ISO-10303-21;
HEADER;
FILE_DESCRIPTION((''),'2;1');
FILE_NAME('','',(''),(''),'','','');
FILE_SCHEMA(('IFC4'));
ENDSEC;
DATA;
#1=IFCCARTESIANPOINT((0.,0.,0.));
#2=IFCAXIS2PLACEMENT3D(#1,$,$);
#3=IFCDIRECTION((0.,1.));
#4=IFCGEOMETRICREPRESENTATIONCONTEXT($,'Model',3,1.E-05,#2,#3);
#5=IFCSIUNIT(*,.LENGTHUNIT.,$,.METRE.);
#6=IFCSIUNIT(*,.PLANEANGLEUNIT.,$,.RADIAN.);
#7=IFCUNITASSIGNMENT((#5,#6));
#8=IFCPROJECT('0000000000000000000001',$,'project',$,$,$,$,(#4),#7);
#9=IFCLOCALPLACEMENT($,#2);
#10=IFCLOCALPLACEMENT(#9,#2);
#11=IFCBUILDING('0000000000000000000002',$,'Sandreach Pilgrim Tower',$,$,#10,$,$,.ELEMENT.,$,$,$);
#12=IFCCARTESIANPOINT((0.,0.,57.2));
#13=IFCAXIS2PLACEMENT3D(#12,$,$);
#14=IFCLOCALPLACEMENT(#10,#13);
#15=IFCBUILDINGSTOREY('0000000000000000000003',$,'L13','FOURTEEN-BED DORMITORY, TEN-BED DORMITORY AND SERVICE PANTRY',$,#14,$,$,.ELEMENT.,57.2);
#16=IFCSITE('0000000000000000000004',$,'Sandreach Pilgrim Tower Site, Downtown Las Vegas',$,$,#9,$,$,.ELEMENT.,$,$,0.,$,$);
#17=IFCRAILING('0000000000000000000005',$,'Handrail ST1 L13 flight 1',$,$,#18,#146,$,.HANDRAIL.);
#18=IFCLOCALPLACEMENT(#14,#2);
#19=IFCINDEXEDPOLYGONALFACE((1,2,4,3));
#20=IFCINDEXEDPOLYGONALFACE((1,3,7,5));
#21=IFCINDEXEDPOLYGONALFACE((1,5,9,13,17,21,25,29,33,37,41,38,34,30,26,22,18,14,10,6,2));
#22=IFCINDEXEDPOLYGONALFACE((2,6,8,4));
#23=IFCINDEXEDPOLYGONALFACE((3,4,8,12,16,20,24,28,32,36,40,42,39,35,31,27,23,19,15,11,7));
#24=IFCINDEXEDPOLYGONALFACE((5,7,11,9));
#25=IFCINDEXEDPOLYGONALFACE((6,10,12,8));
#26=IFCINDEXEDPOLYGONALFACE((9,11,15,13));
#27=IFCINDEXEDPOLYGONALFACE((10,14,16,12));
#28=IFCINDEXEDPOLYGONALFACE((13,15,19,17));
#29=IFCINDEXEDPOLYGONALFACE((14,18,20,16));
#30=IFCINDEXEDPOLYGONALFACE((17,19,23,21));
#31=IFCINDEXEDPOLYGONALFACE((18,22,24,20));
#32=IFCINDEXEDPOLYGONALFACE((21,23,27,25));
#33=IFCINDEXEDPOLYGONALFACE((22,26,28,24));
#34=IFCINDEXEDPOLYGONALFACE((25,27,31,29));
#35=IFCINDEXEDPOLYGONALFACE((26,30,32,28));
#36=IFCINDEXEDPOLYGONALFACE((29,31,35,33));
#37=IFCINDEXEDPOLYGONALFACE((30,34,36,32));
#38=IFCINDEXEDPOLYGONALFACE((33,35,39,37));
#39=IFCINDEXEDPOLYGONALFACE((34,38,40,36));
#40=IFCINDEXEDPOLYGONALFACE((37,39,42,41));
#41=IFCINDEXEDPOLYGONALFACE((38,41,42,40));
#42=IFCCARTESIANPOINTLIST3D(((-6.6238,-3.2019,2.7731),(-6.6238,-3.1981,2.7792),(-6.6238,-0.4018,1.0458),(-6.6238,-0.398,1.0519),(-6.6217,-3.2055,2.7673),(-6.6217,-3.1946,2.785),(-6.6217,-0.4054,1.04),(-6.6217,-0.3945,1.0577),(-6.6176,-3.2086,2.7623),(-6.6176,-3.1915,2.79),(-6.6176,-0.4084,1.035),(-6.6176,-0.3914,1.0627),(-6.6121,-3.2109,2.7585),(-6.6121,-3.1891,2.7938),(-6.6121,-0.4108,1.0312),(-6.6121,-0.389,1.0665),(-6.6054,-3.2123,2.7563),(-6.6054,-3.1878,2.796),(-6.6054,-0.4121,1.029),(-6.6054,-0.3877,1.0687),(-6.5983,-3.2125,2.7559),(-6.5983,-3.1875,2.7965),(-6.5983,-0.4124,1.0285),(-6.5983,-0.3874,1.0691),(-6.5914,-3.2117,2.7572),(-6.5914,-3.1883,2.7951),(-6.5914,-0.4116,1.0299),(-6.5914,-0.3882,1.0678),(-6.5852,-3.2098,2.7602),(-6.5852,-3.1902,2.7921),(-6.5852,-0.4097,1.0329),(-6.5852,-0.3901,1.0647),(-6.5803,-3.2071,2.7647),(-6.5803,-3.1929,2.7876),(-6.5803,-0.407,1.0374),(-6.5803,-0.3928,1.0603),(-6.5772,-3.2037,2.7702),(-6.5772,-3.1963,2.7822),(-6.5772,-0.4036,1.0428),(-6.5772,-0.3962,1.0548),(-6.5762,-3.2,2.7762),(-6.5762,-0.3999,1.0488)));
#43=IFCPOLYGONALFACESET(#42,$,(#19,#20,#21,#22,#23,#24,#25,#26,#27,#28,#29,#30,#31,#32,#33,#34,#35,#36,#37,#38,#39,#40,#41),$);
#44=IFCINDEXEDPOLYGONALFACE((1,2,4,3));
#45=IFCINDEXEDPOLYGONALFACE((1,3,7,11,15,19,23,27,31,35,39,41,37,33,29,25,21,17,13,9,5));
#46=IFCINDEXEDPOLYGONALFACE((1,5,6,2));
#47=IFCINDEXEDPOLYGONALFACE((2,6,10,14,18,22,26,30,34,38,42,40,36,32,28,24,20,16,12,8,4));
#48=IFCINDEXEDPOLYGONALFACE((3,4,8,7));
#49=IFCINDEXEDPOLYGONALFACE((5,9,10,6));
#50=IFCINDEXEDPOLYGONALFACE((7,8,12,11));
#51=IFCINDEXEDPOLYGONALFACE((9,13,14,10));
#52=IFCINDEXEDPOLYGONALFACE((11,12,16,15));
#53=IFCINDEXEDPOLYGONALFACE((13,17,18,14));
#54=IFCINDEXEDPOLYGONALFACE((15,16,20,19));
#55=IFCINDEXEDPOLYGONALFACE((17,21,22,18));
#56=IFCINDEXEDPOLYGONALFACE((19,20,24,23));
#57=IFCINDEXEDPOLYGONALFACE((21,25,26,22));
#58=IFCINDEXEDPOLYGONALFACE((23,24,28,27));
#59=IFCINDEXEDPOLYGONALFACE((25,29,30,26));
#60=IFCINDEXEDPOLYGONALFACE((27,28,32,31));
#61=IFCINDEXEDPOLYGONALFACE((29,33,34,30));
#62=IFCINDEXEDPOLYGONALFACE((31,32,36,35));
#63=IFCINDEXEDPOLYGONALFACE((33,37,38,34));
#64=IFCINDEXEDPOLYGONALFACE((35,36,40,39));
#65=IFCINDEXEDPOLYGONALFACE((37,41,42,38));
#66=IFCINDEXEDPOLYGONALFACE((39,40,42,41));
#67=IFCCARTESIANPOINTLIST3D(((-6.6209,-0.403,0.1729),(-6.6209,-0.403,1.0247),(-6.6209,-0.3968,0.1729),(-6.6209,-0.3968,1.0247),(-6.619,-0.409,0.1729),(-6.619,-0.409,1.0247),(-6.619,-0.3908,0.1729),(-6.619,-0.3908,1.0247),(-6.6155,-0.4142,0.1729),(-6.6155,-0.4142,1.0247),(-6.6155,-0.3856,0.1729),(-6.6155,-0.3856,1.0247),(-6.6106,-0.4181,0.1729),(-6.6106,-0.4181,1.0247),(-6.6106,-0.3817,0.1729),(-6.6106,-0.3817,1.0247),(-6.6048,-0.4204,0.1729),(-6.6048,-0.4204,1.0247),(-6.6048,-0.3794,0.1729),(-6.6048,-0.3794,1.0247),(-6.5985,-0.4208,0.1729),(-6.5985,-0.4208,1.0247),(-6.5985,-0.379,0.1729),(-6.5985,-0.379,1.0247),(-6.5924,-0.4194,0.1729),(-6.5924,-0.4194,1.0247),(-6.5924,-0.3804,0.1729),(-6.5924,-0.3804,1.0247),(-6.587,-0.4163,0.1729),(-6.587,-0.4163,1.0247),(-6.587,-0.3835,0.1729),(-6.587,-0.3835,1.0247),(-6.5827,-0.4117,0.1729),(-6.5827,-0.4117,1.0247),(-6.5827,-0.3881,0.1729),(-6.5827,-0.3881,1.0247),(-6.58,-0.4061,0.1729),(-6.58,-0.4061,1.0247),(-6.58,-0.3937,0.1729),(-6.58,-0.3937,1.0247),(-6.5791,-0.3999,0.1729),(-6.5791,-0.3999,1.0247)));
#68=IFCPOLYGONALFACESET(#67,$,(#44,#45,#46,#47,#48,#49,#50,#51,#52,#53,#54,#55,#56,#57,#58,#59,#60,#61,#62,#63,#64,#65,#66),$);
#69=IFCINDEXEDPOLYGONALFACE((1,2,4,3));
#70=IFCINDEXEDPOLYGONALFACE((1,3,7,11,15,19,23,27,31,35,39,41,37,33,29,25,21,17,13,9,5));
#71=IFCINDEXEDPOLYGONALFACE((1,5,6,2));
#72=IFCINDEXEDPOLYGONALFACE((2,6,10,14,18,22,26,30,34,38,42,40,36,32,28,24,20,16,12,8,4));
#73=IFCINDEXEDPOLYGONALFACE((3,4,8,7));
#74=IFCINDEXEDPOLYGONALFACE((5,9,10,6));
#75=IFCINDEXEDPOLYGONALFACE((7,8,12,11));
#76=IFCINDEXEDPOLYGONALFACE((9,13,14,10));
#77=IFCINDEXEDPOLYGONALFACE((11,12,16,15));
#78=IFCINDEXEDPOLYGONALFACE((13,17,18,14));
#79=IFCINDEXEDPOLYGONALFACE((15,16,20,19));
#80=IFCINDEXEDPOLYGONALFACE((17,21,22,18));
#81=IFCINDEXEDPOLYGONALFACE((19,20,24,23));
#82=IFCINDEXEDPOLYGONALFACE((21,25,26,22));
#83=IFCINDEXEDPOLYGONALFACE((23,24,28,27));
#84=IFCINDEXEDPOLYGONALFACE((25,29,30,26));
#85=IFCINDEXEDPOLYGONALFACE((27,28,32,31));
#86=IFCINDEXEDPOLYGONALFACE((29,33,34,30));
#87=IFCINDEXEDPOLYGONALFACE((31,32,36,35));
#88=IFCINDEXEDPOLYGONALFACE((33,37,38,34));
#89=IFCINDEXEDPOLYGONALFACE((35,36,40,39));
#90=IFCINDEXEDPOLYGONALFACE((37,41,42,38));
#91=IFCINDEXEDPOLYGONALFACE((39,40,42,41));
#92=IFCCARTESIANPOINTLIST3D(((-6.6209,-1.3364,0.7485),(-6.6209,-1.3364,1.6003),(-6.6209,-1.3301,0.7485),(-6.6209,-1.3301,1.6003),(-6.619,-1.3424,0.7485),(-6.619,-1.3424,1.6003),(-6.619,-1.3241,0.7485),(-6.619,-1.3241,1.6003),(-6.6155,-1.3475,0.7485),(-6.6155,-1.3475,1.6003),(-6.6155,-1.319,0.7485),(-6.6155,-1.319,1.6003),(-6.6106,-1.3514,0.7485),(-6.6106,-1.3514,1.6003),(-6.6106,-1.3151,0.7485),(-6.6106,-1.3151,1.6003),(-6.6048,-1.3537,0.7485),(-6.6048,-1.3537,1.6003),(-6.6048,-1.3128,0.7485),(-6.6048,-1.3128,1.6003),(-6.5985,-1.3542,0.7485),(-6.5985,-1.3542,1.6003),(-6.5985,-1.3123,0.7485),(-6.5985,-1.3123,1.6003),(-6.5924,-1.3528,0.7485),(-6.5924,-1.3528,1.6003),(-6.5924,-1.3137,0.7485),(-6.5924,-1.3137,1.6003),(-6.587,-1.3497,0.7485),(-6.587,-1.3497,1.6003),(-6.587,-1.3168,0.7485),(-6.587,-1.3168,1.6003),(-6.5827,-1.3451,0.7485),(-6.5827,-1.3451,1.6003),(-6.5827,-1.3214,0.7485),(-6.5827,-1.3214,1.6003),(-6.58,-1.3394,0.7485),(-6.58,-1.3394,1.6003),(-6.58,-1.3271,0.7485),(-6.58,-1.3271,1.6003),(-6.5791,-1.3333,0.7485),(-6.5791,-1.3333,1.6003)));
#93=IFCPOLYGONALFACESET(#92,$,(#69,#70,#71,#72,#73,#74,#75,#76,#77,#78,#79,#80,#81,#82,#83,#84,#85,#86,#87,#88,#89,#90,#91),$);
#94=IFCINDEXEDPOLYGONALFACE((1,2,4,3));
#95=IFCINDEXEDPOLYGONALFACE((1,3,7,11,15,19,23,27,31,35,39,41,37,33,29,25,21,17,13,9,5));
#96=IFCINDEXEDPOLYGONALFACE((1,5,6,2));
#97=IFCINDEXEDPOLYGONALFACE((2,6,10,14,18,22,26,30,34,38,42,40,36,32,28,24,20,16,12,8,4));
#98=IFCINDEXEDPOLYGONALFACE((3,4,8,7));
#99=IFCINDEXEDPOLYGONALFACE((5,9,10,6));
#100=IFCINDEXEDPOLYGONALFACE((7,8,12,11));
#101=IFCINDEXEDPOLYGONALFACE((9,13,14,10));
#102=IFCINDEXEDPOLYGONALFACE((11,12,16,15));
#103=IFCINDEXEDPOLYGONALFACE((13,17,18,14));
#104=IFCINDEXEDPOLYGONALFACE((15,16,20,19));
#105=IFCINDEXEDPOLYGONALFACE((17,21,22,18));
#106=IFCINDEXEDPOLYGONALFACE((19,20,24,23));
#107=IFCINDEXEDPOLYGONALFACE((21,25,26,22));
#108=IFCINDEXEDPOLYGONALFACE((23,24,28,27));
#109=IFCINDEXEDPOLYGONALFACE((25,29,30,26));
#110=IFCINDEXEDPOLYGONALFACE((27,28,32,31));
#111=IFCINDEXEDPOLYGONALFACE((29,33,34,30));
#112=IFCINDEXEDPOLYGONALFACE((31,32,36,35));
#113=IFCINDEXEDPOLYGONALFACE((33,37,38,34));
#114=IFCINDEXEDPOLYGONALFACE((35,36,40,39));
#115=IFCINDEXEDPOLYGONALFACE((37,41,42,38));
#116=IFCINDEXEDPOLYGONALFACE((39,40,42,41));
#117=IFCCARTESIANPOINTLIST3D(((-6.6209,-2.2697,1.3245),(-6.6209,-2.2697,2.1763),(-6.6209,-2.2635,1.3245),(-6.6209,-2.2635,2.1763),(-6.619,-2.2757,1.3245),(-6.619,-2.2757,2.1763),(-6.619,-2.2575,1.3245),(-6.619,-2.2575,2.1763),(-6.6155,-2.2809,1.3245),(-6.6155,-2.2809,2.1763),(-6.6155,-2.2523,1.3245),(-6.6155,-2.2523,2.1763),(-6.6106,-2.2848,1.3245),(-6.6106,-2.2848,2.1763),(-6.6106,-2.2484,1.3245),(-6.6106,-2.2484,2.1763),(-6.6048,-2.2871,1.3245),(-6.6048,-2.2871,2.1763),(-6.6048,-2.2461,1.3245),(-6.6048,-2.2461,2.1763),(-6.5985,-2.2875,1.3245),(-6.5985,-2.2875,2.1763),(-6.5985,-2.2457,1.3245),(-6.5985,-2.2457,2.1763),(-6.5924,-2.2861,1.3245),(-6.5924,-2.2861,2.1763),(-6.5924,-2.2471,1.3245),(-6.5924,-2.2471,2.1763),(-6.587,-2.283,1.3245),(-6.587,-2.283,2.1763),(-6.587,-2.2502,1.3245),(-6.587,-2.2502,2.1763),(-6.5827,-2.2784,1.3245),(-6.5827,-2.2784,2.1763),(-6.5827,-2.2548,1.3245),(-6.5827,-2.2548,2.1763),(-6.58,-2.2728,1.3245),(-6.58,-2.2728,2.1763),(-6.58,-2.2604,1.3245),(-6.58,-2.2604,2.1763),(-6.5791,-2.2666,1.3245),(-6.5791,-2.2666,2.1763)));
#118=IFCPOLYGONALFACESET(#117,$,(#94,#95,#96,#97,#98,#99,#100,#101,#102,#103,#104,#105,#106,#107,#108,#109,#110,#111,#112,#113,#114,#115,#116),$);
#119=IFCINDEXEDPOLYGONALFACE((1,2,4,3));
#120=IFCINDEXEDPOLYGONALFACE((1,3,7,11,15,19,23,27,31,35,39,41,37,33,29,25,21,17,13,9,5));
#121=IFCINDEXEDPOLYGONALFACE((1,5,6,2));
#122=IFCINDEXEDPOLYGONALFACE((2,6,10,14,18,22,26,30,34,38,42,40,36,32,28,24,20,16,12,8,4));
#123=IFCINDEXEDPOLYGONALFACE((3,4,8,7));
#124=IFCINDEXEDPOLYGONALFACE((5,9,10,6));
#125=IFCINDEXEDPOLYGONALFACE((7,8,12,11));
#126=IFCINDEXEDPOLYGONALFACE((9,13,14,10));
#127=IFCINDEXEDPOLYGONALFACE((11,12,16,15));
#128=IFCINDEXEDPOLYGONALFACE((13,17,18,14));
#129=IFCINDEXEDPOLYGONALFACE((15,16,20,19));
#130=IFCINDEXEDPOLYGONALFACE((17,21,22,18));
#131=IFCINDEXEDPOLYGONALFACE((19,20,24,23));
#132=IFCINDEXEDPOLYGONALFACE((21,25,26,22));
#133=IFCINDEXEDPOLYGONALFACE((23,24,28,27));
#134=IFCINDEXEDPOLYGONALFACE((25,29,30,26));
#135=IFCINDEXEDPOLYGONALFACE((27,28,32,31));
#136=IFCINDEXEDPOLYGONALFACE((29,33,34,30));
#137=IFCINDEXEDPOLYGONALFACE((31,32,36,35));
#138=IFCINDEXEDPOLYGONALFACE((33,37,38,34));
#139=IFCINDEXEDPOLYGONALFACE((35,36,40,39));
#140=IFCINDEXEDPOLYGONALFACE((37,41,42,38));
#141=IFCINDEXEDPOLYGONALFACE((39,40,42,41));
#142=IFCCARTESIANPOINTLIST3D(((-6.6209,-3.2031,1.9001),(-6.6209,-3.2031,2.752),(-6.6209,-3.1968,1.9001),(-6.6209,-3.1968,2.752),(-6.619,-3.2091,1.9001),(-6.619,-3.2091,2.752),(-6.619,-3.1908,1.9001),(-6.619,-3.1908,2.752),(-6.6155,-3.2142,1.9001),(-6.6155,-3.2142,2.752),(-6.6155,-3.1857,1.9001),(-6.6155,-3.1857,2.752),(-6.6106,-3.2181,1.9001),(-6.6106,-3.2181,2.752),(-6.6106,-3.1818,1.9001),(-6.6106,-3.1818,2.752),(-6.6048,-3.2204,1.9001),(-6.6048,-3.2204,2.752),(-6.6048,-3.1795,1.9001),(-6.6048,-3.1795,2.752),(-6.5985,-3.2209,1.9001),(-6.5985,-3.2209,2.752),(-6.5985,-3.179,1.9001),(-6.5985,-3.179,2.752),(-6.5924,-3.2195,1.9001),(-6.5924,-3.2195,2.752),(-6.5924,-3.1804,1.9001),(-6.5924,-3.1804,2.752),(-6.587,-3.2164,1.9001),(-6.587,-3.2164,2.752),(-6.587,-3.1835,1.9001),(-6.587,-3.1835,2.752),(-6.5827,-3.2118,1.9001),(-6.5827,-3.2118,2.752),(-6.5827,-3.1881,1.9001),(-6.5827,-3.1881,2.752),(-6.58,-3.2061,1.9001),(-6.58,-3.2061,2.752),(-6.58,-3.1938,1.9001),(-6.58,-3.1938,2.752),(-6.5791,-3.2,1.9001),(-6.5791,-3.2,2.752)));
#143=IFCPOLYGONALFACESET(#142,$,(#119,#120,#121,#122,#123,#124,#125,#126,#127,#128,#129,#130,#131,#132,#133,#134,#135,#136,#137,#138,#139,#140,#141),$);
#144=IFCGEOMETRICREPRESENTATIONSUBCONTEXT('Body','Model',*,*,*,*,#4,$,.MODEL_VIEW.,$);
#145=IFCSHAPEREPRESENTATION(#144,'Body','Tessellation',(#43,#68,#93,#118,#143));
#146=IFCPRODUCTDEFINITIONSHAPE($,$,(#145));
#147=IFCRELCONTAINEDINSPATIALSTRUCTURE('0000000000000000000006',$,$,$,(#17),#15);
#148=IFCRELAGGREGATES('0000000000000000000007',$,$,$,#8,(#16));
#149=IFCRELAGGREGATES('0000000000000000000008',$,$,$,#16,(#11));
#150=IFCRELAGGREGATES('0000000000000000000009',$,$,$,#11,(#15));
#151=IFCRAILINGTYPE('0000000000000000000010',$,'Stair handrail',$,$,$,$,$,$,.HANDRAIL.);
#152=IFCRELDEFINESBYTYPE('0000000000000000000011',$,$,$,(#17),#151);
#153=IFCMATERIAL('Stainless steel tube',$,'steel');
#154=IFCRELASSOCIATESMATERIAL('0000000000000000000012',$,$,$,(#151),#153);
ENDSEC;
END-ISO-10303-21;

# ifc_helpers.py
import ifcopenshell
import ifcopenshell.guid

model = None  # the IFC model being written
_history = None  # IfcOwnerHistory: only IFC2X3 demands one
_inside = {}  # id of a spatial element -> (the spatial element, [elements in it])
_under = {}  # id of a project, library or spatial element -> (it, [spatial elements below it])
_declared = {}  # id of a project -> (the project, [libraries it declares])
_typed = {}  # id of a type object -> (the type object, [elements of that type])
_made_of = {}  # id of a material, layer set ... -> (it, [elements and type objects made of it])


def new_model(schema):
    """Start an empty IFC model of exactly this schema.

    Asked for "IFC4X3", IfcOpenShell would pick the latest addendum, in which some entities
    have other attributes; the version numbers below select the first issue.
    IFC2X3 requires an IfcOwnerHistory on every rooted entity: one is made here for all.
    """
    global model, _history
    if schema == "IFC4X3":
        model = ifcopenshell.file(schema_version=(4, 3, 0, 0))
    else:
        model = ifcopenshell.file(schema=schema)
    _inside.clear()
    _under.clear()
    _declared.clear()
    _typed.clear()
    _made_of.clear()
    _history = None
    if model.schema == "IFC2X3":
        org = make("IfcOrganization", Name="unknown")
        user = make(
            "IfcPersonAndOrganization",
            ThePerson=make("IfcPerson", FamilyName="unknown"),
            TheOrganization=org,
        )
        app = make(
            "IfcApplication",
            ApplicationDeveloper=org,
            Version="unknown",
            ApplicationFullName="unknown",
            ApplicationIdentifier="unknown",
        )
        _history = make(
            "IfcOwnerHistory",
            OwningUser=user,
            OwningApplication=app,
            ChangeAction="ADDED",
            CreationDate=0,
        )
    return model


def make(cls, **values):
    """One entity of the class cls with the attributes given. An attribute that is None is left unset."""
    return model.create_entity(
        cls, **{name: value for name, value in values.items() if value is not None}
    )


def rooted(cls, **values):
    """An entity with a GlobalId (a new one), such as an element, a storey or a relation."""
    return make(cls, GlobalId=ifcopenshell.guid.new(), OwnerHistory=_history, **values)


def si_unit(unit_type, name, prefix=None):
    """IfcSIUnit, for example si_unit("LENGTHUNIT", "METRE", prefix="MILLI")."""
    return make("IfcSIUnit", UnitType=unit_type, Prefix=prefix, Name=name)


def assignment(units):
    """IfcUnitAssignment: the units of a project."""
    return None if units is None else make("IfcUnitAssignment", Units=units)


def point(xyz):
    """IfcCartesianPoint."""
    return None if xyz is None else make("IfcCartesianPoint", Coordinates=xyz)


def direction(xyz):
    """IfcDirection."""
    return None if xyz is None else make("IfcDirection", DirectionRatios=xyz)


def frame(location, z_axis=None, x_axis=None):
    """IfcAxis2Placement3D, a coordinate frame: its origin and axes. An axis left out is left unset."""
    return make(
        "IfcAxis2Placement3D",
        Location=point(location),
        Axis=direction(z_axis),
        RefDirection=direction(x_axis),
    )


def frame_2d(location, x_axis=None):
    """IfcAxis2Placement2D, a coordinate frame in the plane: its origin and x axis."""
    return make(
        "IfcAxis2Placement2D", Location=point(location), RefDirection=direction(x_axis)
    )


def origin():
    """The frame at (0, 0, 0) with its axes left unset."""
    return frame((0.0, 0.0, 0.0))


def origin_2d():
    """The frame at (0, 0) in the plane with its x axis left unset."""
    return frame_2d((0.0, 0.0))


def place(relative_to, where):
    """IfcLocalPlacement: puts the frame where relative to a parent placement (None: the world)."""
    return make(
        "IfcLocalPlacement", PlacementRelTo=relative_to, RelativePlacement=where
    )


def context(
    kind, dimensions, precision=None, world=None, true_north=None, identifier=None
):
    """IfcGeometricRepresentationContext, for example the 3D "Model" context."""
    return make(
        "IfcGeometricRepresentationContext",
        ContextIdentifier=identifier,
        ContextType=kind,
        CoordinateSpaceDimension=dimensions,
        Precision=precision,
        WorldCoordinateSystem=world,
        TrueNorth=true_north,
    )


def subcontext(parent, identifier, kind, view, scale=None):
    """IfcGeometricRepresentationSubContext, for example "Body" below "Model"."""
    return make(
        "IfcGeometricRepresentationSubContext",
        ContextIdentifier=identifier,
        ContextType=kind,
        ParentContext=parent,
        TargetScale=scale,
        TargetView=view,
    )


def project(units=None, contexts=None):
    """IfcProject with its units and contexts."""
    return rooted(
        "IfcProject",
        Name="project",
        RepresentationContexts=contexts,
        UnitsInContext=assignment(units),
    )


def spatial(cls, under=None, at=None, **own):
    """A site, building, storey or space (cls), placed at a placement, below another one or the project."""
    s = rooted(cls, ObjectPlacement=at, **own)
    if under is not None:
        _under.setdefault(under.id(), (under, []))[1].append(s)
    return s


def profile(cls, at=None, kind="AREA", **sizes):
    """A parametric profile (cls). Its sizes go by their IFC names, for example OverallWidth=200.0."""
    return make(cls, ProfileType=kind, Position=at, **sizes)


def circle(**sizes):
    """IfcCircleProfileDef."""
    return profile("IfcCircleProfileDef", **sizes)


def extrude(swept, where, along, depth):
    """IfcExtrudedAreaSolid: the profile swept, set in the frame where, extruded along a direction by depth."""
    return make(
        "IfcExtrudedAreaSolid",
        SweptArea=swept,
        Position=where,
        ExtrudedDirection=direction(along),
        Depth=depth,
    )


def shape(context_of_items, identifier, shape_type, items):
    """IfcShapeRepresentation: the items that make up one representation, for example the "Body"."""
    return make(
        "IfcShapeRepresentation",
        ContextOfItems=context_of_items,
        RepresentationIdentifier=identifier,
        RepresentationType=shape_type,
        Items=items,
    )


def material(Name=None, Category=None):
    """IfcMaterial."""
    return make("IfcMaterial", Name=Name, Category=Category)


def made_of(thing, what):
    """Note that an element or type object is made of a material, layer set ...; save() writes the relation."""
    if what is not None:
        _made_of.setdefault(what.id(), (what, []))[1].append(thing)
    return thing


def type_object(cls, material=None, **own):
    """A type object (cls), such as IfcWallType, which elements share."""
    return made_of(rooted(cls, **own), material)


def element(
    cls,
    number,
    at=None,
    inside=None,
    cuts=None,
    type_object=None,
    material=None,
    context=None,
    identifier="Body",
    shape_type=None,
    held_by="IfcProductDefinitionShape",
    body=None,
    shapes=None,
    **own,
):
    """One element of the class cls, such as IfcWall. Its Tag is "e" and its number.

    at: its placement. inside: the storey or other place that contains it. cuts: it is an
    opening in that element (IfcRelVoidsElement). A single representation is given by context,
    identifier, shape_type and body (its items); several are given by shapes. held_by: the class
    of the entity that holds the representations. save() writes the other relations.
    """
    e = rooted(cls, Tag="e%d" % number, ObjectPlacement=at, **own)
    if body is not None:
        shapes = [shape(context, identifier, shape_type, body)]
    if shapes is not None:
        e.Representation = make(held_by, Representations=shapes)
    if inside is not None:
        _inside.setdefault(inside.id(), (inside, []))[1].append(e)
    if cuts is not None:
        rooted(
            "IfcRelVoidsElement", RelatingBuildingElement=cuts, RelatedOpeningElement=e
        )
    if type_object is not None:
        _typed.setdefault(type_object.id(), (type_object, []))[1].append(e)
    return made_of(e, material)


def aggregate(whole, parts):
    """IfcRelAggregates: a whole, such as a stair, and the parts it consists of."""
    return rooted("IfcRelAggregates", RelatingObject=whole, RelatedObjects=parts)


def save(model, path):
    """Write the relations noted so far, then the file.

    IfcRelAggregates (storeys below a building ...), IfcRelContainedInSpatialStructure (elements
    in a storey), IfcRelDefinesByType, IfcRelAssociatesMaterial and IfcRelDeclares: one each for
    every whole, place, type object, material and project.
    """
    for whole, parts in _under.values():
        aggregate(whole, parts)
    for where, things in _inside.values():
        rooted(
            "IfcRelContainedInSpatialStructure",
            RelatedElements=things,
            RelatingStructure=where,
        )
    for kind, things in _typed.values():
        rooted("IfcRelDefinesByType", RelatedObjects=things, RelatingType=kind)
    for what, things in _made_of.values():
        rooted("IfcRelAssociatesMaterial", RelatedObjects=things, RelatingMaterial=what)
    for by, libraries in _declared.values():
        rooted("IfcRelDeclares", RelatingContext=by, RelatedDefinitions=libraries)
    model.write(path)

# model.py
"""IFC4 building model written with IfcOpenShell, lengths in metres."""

from ifc_helpers import new_model, si_unit, direction, frame, origin, origin_2d, place, context, subcontext, project, spatial, circle, extrude, material, type_object, element, save


model = new_model("IFC4")

# Units and contexts
model_context = context("Model", 3, precision=1e-05, world=origin(), true_north=direction((0.0, 1.0)))
body_context = subcontext(model_context, "Body", "Model", "MODEL_VIEW")
ifc_project = project(units=[si_unit("LENGTHUNIT", "METRE"), si_unit("PLANEANGLEUNIT", "RADIAN")], contexts=[model_context])

# Site, building, storey
site_placement = place(None, origin())
site = spatial("IfcSite", under=ifc_project, at=site_placement, Name="Sandreach Pilgrim Tower Site, Downtown Las Vegas", CompositionType="ELEMENT", RefElevation=0.0)
building_placement = place(site_placement, origin())
building = spatial("IfcBuilding", under=site, at=building_placement, Name="Sandreach Pilgrim Tower", CompositionType="ELEMENT")
storey_placement = place(building_placement, frame((0.0, 0.0, 57.2)))
storey = spatial("IfcBuildingStorey", under=building, at=storey_placement, Name="L13", Description="FOURTEEN-BED DORMITORY, TEN-BED DORMITORY AND SERVICE PANTRY", CompositionType="ELEMENT", Elevation=57.2)

# Railing
ifc_material_1 = material(Name="Stainless steel tube", Category="steel")
railing_type = type_object("IfcRailingType", Name="Stair handrail", PredefinedType="HANDRAIL", material=ifc_material_1)
for number, where, name in (
    (1, (-6.6001, -0.3999, 0.1729), "Handrail ST1 L13 flight 1"),
):
    element("IfcRailing", number, at=place(storey_placement, frame(where)), inside=storey, type_object=railing_type, Name=name, PredefinedType="HANDRAIL", context=body_context, shape_type="SweptSolid", body=[
        extrude(circle(Radius=0.0239, at=origin_2d()), frame((0.0, 0.0, 0.876), z_axis=(0.0, -0.85109, 0.52502), x_axis=(1.0, 0.0, 0.0)), (0.0, 0.0, 1.0), 3.29),
        extrude(circle(Radius=0.021, at=origin_2d()), origin(), (0.0, 0.0, 1.0), 0.8518),
        extrude(circle(Radius=0.021, at=origin_2d()), frame((0.0, -0.9333, 0.5757)), (0.0, 0.0, 1.0), 0.8518),
        extrude(circle(Radius=0.021, at=origin_2d()), frame((0.0, -1.8667, 1.1516)), (0.0, 0.0, 1.0), 0.8518),
        extrude(circle(Radius=0.021, at=origin_2d()), frame((0.0, -2.8, 1.7273)), (0.0, 0.0, 1.0), 0.8518),
    ])

save(model, "model.ifc")
